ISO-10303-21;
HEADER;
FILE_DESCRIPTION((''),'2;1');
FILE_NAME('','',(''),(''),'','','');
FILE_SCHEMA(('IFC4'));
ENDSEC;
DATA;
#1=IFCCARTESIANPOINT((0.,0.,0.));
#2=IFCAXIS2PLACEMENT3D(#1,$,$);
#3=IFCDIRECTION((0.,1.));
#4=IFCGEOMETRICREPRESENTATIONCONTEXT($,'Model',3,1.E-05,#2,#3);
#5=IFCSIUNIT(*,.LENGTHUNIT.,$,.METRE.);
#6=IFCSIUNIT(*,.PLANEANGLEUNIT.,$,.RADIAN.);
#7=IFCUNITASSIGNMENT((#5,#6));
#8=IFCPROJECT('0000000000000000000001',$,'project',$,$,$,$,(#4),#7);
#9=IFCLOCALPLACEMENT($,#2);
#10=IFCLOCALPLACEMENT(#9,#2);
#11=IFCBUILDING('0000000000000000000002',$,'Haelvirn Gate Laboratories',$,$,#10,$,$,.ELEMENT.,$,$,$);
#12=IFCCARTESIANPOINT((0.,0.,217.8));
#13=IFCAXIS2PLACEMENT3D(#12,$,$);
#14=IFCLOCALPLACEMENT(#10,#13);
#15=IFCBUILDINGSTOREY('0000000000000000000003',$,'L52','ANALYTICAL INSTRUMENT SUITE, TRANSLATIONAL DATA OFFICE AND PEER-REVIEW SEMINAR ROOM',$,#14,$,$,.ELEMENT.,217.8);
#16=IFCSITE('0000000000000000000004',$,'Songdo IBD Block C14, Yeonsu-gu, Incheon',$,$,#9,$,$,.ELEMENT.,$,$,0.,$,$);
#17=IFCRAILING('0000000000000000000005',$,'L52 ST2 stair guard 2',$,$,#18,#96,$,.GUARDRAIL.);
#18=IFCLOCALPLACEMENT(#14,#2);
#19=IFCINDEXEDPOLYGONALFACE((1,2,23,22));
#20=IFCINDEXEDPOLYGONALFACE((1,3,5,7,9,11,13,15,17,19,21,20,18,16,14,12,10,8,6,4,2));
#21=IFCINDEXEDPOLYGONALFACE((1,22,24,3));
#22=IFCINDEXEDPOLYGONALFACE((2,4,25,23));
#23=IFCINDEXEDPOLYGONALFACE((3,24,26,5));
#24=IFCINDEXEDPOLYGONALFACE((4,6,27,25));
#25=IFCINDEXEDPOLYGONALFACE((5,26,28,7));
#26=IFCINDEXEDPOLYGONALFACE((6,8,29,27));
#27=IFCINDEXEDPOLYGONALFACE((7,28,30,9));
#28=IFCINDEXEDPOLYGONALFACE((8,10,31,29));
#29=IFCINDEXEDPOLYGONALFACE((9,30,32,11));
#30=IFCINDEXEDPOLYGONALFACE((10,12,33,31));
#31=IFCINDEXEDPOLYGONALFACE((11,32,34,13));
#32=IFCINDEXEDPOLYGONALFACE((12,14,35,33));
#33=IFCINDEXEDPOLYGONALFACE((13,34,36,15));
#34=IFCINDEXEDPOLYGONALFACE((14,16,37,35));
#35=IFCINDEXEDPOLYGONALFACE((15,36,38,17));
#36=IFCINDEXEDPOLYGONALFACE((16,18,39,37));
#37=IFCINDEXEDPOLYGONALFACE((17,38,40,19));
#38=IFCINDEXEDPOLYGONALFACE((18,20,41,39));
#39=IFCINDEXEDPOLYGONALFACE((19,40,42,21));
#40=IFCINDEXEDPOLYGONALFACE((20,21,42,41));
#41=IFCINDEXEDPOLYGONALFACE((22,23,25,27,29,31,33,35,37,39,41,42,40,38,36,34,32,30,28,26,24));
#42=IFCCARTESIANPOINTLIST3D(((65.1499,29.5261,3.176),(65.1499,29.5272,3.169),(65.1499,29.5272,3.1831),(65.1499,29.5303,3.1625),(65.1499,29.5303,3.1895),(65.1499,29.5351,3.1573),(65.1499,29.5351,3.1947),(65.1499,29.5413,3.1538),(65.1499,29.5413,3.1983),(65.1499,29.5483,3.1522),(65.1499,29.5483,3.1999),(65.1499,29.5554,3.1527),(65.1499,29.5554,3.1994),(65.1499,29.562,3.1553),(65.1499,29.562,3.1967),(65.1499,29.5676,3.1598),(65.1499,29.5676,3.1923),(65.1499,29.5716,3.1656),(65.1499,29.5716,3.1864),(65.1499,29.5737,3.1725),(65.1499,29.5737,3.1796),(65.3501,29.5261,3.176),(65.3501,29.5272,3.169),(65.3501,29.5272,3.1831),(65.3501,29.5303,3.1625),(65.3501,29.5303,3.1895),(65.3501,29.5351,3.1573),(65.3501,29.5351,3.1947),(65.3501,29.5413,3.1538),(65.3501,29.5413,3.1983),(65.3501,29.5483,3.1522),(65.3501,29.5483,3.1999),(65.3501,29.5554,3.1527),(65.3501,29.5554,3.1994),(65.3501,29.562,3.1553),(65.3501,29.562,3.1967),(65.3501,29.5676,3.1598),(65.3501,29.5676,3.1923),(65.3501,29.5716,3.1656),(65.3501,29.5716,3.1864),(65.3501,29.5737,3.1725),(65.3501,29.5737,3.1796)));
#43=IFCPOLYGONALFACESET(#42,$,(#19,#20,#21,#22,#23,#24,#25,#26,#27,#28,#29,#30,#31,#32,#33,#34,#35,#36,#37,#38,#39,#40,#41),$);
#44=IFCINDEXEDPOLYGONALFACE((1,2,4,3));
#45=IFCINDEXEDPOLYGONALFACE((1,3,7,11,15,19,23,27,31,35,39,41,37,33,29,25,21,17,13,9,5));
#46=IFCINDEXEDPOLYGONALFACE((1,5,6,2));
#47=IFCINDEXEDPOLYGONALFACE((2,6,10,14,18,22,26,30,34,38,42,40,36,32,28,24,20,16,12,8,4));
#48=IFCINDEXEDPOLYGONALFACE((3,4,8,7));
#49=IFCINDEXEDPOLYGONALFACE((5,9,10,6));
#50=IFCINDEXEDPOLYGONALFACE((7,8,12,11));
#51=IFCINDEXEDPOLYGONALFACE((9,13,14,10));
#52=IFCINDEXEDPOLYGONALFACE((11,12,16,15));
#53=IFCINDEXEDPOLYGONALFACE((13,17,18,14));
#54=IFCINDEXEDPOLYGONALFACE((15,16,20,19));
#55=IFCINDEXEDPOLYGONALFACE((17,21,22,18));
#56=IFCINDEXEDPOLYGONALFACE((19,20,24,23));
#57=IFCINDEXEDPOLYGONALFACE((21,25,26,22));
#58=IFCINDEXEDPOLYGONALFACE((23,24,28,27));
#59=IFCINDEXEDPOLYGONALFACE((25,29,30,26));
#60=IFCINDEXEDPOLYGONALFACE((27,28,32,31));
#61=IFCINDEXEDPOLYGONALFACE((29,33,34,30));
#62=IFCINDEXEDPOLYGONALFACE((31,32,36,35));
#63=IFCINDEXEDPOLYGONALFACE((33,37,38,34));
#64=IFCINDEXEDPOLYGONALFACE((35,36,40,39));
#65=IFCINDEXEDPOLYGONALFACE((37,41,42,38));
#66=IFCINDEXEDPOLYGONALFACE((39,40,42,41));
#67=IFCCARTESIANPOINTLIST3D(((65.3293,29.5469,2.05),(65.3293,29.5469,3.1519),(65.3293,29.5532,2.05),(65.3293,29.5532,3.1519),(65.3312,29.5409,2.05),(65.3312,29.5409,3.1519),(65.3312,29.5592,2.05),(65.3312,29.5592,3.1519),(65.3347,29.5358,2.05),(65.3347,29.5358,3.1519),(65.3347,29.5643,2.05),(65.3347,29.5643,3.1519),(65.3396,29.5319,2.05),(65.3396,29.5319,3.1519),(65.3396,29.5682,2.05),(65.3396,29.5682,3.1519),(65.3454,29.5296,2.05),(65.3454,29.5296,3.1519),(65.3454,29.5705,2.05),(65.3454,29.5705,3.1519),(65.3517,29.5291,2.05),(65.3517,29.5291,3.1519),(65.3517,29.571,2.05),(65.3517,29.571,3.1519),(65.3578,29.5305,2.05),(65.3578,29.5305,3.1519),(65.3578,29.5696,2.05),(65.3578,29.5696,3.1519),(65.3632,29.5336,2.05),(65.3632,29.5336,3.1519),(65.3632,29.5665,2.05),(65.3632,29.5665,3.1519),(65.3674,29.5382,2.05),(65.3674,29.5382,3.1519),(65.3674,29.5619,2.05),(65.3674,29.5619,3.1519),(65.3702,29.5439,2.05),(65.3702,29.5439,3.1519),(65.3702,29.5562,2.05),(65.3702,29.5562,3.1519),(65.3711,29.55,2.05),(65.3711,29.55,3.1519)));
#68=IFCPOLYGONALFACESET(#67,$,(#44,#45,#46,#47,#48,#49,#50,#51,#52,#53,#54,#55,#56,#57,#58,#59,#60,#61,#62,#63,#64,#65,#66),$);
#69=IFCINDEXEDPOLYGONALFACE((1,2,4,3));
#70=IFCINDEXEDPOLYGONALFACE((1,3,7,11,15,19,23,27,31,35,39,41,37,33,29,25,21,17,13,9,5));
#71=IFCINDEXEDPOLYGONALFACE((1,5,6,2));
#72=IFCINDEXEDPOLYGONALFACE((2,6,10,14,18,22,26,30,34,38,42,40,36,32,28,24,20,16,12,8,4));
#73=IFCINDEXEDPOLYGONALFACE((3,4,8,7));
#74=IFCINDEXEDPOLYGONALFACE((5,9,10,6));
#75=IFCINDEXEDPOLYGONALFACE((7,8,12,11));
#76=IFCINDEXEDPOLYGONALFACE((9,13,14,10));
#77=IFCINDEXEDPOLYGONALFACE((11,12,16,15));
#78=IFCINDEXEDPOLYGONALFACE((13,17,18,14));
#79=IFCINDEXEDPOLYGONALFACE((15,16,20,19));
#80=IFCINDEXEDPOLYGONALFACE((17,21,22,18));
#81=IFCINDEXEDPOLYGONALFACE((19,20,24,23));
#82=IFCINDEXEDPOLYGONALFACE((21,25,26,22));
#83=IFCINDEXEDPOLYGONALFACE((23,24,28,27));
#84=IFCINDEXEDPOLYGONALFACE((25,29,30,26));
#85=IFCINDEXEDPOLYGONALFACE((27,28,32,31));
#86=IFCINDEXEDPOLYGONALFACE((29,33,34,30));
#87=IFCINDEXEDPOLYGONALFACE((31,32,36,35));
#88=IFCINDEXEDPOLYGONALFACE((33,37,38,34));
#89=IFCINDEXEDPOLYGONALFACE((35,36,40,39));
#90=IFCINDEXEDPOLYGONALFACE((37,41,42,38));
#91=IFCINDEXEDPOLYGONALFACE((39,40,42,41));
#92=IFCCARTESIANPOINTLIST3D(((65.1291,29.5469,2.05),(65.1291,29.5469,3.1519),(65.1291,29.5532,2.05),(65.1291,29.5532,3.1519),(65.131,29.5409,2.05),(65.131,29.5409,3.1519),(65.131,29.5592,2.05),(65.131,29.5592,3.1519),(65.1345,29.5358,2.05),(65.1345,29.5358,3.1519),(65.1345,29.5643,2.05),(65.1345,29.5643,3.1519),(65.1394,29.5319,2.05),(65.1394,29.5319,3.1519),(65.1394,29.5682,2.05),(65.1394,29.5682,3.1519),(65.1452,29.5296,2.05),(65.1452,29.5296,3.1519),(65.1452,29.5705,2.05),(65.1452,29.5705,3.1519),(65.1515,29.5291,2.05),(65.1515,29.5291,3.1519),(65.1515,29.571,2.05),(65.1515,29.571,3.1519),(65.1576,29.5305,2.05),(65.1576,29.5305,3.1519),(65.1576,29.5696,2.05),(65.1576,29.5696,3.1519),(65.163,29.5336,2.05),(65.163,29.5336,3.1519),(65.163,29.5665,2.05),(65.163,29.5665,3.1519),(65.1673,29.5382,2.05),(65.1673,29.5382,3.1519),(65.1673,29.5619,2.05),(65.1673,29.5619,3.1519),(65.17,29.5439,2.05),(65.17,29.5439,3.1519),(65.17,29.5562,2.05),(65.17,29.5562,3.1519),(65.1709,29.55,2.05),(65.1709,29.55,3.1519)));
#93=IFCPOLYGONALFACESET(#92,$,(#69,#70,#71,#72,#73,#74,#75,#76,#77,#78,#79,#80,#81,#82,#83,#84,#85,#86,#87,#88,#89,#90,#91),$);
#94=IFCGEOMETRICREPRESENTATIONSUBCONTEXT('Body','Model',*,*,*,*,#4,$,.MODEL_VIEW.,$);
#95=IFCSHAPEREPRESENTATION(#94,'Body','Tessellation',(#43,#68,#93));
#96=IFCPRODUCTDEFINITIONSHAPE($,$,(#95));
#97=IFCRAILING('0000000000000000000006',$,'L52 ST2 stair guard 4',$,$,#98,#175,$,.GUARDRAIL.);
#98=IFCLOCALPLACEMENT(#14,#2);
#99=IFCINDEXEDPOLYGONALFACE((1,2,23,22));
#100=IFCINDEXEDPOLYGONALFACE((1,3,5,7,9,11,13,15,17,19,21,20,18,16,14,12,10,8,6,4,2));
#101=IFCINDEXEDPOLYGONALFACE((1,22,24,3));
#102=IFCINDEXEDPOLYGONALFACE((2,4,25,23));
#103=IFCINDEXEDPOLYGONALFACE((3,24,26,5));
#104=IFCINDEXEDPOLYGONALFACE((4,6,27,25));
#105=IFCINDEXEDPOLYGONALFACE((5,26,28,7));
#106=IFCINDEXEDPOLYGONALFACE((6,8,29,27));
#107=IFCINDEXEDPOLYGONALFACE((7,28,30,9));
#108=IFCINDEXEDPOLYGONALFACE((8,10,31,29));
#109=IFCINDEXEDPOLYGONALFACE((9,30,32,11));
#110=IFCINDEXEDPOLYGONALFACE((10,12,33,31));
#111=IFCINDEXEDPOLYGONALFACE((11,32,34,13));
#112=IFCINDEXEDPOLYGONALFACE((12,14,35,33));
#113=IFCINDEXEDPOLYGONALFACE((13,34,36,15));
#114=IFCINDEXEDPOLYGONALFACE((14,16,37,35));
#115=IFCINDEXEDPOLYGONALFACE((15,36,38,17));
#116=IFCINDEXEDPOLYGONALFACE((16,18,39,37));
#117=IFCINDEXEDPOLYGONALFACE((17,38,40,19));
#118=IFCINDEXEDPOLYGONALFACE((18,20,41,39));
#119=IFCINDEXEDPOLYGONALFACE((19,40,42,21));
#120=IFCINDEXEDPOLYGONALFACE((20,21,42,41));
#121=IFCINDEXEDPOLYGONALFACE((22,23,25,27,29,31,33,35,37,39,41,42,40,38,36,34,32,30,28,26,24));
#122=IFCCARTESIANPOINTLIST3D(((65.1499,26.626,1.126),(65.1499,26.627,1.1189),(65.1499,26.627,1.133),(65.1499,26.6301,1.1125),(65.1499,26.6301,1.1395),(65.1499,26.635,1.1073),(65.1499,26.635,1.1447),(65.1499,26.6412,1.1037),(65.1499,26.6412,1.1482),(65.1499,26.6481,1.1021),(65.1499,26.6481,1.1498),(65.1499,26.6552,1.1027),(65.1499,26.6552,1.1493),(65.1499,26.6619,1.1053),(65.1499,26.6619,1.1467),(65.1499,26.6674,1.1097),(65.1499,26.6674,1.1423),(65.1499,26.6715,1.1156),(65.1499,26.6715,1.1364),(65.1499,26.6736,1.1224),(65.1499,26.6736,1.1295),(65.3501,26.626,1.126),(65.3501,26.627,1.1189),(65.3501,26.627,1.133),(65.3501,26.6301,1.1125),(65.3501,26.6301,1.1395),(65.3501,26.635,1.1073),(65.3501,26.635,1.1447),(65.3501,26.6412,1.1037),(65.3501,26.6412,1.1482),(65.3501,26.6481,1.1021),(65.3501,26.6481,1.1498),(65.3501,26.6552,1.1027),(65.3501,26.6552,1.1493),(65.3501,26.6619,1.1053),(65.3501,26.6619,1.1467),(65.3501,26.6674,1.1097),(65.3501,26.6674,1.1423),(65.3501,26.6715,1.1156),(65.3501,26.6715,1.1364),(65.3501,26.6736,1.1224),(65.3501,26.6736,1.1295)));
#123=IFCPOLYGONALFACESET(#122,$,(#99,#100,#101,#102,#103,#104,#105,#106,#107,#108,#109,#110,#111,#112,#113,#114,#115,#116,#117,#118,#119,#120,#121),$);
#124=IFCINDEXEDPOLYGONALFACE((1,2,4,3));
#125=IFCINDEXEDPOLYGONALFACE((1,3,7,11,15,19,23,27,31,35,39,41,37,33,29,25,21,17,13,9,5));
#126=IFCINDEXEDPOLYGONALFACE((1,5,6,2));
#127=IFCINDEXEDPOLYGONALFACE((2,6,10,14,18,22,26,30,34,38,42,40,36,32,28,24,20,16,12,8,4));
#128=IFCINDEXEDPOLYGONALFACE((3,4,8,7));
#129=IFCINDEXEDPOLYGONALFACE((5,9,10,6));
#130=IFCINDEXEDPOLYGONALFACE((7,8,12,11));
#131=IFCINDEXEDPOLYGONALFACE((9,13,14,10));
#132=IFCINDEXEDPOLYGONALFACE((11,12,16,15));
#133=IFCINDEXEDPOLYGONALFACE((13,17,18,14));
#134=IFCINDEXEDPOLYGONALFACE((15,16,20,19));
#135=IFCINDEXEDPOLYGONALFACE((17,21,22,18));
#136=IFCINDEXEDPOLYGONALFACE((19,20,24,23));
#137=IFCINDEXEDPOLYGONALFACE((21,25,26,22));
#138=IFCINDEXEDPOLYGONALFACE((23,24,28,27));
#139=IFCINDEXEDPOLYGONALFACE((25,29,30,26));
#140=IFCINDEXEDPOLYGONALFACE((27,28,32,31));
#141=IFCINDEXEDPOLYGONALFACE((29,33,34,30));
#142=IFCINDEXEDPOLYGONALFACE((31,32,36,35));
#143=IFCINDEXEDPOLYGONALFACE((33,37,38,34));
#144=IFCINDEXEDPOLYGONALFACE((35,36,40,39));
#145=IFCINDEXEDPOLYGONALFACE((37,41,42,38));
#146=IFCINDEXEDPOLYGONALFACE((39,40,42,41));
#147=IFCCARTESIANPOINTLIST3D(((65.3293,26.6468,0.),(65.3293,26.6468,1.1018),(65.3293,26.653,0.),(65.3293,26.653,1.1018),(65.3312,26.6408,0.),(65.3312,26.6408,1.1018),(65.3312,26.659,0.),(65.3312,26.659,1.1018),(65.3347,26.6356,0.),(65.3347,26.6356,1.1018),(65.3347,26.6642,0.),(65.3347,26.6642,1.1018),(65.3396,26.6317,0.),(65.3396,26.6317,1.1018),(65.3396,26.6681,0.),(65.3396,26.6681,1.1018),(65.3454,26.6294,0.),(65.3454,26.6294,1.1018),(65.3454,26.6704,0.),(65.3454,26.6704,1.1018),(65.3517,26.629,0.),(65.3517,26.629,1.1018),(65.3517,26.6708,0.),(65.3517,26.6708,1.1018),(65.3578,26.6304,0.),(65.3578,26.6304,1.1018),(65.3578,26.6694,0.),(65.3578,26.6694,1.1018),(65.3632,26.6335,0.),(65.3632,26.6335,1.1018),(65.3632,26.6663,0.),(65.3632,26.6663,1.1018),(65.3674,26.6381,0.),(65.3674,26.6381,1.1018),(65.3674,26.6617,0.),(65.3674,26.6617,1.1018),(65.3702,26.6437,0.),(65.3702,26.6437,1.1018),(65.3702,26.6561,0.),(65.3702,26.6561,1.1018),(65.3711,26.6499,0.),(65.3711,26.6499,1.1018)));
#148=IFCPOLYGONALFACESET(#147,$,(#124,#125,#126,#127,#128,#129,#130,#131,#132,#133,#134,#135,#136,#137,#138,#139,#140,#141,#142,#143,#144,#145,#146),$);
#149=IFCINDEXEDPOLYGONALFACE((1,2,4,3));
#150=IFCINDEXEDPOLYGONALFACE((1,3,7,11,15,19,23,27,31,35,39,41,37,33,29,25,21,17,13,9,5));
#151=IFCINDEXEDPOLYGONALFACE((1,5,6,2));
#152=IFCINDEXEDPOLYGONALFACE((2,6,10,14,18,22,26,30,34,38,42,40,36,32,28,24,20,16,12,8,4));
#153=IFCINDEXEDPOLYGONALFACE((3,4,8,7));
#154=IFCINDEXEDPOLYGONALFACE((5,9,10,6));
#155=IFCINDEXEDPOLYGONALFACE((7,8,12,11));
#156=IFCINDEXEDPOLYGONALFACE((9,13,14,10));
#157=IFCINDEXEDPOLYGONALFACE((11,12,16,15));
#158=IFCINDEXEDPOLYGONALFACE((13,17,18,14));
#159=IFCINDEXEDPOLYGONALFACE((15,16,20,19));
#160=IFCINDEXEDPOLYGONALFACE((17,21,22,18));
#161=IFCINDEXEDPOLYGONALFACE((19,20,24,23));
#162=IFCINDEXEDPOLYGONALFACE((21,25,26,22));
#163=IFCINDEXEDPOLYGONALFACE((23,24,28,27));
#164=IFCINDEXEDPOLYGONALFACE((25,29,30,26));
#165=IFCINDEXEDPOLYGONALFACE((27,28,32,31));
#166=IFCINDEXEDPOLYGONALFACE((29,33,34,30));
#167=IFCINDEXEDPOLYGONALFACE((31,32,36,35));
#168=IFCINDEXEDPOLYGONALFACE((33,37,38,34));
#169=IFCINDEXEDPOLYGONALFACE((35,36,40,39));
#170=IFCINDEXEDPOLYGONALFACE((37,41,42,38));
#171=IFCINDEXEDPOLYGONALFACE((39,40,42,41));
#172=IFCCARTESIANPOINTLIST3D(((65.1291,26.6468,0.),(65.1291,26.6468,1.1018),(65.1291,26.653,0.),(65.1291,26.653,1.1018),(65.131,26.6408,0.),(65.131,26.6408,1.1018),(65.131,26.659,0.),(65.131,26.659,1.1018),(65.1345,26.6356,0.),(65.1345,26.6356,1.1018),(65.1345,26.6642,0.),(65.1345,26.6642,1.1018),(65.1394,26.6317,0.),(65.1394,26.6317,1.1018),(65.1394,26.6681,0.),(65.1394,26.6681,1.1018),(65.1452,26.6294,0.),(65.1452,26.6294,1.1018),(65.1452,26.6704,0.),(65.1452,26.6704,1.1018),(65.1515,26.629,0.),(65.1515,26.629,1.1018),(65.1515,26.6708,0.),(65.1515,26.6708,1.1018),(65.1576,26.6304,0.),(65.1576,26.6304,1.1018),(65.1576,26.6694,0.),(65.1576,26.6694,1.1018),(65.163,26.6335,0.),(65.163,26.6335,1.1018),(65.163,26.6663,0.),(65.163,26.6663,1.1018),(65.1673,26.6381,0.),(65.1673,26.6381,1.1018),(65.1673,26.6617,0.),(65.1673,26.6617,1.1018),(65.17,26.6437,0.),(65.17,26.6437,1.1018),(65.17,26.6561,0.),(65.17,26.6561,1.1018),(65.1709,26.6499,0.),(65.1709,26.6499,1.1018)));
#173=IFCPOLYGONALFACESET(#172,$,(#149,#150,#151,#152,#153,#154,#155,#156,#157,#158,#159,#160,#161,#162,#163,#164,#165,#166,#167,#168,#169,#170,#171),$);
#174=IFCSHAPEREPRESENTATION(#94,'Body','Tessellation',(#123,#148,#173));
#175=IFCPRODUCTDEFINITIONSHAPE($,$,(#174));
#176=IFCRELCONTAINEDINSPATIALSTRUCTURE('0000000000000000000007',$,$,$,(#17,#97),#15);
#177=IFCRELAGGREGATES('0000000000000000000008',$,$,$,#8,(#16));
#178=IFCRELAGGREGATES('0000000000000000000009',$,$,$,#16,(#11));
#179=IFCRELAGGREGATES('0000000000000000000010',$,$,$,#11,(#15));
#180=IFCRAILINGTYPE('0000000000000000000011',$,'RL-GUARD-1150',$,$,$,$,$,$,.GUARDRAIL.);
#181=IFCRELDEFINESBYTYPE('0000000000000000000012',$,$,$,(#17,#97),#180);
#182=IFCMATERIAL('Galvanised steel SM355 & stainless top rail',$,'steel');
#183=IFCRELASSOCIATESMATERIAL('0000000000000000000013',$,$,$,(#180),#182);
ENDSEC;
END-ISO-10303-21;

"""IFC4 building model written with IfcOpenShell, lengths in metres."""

from ifc_helpers import new_model, si_unit, direction, frame, origin, origin_2d, place, context, subcontext, project, spatial, circle, extrude, source, transform, mapped, material, type_object, element, save


model = new_model("IFC4")

# Units and contexts
model_context = context("Model", 3, precision=1e-05, world=origin(), true_north=direction((0.0, 1.0)))
body_context = subcontext(model_context, "Body", "Model", "MODEL_VIEW")
ifc_project = project(units=[si_unit("LENGTHUNIT", "METRE"), si_unit("PLANEANGLEUNIT", "RADIAN")], contexts=[model_context])

# Site, building, storey
site_placement = place(None, origin())
site = spatial("IfcSite", under=ifc_project, at=site_placement, Name="Songdo IBD Block C14, Yeonsu-gu, Incheon", CompositionType="ELEMENT", RefElevation=0.0)
building_placement = place(site_placement, origin())
building = spatial("IfcBuilding", under=site, at=building_placement, Name="Haelvirn Gate Laboratories", CompositionType="ELEMENT")
storey_placement = place(building_placement, frame((0.0, 0.0, 217.8)))
storey = spatial("IfcBuildingStorey", under=building, at=storey_placement, Name="L52", Description="ANALYTICAL INSTRUMENT SUITE, TRANSLATIONAL DATA OFFICE AND PEER-REVIEW SEMINAR ROOM", CompositionType="ELEMENT", Elevation=217.8)

# Railings
ifc_material_1 = material(Name="Galvanised steel SM355 & stainless top rail", Category="steel")
railing_type_1 = type_object("IfcRailingType", Name="RL-GUARD-1150", PredefinedType="GUARDRAIL", material=ifc_material_1)
shared_shape_1 = source(origin(), body_context, "Body", "SweptSolid", [
    extrude(circle(Radius=0.0239, at=origin_2d()), frame((0.0, 0.0, 1.126), z_axis=(-1.0, 0.0, 0.0), x_axis=(0.0, -1.0, 0.0)), (0.0, 0.0, 1.0), 0.2002),
    extrude(circle(Radius=0.021, at=origin_2d()), origin(), (0.0, 0.0, 1.0), 1.1018),
    extrude(circle(Radius=0.021, at=origin_2d()), frame((-0.2002, 0.0, 0.0)), (0.0, 0.0, 1.0), 1.1018),
])
for number, where, name in (
    (1, (65.3501, 29.55, 2.05), "L52 ST2 stair guard 2"),
    (2, (65.3501, 26.6499, 0.0), "L52 ST2 stair guard 4"),
):
    element("IfcRailing", number, at=place(storey_placement, frame(where)), inside=storey, type_object=railing_type_1, Name=name, PredefinedType="GUARDRAIL", context=body_context, shape_type="MappedRepresentation", body=[
        mapped(shared_shape_1, transform((0.0, 0.0, 0.0), scale=1.0)),
    ])

save(model, "model.ifc")
